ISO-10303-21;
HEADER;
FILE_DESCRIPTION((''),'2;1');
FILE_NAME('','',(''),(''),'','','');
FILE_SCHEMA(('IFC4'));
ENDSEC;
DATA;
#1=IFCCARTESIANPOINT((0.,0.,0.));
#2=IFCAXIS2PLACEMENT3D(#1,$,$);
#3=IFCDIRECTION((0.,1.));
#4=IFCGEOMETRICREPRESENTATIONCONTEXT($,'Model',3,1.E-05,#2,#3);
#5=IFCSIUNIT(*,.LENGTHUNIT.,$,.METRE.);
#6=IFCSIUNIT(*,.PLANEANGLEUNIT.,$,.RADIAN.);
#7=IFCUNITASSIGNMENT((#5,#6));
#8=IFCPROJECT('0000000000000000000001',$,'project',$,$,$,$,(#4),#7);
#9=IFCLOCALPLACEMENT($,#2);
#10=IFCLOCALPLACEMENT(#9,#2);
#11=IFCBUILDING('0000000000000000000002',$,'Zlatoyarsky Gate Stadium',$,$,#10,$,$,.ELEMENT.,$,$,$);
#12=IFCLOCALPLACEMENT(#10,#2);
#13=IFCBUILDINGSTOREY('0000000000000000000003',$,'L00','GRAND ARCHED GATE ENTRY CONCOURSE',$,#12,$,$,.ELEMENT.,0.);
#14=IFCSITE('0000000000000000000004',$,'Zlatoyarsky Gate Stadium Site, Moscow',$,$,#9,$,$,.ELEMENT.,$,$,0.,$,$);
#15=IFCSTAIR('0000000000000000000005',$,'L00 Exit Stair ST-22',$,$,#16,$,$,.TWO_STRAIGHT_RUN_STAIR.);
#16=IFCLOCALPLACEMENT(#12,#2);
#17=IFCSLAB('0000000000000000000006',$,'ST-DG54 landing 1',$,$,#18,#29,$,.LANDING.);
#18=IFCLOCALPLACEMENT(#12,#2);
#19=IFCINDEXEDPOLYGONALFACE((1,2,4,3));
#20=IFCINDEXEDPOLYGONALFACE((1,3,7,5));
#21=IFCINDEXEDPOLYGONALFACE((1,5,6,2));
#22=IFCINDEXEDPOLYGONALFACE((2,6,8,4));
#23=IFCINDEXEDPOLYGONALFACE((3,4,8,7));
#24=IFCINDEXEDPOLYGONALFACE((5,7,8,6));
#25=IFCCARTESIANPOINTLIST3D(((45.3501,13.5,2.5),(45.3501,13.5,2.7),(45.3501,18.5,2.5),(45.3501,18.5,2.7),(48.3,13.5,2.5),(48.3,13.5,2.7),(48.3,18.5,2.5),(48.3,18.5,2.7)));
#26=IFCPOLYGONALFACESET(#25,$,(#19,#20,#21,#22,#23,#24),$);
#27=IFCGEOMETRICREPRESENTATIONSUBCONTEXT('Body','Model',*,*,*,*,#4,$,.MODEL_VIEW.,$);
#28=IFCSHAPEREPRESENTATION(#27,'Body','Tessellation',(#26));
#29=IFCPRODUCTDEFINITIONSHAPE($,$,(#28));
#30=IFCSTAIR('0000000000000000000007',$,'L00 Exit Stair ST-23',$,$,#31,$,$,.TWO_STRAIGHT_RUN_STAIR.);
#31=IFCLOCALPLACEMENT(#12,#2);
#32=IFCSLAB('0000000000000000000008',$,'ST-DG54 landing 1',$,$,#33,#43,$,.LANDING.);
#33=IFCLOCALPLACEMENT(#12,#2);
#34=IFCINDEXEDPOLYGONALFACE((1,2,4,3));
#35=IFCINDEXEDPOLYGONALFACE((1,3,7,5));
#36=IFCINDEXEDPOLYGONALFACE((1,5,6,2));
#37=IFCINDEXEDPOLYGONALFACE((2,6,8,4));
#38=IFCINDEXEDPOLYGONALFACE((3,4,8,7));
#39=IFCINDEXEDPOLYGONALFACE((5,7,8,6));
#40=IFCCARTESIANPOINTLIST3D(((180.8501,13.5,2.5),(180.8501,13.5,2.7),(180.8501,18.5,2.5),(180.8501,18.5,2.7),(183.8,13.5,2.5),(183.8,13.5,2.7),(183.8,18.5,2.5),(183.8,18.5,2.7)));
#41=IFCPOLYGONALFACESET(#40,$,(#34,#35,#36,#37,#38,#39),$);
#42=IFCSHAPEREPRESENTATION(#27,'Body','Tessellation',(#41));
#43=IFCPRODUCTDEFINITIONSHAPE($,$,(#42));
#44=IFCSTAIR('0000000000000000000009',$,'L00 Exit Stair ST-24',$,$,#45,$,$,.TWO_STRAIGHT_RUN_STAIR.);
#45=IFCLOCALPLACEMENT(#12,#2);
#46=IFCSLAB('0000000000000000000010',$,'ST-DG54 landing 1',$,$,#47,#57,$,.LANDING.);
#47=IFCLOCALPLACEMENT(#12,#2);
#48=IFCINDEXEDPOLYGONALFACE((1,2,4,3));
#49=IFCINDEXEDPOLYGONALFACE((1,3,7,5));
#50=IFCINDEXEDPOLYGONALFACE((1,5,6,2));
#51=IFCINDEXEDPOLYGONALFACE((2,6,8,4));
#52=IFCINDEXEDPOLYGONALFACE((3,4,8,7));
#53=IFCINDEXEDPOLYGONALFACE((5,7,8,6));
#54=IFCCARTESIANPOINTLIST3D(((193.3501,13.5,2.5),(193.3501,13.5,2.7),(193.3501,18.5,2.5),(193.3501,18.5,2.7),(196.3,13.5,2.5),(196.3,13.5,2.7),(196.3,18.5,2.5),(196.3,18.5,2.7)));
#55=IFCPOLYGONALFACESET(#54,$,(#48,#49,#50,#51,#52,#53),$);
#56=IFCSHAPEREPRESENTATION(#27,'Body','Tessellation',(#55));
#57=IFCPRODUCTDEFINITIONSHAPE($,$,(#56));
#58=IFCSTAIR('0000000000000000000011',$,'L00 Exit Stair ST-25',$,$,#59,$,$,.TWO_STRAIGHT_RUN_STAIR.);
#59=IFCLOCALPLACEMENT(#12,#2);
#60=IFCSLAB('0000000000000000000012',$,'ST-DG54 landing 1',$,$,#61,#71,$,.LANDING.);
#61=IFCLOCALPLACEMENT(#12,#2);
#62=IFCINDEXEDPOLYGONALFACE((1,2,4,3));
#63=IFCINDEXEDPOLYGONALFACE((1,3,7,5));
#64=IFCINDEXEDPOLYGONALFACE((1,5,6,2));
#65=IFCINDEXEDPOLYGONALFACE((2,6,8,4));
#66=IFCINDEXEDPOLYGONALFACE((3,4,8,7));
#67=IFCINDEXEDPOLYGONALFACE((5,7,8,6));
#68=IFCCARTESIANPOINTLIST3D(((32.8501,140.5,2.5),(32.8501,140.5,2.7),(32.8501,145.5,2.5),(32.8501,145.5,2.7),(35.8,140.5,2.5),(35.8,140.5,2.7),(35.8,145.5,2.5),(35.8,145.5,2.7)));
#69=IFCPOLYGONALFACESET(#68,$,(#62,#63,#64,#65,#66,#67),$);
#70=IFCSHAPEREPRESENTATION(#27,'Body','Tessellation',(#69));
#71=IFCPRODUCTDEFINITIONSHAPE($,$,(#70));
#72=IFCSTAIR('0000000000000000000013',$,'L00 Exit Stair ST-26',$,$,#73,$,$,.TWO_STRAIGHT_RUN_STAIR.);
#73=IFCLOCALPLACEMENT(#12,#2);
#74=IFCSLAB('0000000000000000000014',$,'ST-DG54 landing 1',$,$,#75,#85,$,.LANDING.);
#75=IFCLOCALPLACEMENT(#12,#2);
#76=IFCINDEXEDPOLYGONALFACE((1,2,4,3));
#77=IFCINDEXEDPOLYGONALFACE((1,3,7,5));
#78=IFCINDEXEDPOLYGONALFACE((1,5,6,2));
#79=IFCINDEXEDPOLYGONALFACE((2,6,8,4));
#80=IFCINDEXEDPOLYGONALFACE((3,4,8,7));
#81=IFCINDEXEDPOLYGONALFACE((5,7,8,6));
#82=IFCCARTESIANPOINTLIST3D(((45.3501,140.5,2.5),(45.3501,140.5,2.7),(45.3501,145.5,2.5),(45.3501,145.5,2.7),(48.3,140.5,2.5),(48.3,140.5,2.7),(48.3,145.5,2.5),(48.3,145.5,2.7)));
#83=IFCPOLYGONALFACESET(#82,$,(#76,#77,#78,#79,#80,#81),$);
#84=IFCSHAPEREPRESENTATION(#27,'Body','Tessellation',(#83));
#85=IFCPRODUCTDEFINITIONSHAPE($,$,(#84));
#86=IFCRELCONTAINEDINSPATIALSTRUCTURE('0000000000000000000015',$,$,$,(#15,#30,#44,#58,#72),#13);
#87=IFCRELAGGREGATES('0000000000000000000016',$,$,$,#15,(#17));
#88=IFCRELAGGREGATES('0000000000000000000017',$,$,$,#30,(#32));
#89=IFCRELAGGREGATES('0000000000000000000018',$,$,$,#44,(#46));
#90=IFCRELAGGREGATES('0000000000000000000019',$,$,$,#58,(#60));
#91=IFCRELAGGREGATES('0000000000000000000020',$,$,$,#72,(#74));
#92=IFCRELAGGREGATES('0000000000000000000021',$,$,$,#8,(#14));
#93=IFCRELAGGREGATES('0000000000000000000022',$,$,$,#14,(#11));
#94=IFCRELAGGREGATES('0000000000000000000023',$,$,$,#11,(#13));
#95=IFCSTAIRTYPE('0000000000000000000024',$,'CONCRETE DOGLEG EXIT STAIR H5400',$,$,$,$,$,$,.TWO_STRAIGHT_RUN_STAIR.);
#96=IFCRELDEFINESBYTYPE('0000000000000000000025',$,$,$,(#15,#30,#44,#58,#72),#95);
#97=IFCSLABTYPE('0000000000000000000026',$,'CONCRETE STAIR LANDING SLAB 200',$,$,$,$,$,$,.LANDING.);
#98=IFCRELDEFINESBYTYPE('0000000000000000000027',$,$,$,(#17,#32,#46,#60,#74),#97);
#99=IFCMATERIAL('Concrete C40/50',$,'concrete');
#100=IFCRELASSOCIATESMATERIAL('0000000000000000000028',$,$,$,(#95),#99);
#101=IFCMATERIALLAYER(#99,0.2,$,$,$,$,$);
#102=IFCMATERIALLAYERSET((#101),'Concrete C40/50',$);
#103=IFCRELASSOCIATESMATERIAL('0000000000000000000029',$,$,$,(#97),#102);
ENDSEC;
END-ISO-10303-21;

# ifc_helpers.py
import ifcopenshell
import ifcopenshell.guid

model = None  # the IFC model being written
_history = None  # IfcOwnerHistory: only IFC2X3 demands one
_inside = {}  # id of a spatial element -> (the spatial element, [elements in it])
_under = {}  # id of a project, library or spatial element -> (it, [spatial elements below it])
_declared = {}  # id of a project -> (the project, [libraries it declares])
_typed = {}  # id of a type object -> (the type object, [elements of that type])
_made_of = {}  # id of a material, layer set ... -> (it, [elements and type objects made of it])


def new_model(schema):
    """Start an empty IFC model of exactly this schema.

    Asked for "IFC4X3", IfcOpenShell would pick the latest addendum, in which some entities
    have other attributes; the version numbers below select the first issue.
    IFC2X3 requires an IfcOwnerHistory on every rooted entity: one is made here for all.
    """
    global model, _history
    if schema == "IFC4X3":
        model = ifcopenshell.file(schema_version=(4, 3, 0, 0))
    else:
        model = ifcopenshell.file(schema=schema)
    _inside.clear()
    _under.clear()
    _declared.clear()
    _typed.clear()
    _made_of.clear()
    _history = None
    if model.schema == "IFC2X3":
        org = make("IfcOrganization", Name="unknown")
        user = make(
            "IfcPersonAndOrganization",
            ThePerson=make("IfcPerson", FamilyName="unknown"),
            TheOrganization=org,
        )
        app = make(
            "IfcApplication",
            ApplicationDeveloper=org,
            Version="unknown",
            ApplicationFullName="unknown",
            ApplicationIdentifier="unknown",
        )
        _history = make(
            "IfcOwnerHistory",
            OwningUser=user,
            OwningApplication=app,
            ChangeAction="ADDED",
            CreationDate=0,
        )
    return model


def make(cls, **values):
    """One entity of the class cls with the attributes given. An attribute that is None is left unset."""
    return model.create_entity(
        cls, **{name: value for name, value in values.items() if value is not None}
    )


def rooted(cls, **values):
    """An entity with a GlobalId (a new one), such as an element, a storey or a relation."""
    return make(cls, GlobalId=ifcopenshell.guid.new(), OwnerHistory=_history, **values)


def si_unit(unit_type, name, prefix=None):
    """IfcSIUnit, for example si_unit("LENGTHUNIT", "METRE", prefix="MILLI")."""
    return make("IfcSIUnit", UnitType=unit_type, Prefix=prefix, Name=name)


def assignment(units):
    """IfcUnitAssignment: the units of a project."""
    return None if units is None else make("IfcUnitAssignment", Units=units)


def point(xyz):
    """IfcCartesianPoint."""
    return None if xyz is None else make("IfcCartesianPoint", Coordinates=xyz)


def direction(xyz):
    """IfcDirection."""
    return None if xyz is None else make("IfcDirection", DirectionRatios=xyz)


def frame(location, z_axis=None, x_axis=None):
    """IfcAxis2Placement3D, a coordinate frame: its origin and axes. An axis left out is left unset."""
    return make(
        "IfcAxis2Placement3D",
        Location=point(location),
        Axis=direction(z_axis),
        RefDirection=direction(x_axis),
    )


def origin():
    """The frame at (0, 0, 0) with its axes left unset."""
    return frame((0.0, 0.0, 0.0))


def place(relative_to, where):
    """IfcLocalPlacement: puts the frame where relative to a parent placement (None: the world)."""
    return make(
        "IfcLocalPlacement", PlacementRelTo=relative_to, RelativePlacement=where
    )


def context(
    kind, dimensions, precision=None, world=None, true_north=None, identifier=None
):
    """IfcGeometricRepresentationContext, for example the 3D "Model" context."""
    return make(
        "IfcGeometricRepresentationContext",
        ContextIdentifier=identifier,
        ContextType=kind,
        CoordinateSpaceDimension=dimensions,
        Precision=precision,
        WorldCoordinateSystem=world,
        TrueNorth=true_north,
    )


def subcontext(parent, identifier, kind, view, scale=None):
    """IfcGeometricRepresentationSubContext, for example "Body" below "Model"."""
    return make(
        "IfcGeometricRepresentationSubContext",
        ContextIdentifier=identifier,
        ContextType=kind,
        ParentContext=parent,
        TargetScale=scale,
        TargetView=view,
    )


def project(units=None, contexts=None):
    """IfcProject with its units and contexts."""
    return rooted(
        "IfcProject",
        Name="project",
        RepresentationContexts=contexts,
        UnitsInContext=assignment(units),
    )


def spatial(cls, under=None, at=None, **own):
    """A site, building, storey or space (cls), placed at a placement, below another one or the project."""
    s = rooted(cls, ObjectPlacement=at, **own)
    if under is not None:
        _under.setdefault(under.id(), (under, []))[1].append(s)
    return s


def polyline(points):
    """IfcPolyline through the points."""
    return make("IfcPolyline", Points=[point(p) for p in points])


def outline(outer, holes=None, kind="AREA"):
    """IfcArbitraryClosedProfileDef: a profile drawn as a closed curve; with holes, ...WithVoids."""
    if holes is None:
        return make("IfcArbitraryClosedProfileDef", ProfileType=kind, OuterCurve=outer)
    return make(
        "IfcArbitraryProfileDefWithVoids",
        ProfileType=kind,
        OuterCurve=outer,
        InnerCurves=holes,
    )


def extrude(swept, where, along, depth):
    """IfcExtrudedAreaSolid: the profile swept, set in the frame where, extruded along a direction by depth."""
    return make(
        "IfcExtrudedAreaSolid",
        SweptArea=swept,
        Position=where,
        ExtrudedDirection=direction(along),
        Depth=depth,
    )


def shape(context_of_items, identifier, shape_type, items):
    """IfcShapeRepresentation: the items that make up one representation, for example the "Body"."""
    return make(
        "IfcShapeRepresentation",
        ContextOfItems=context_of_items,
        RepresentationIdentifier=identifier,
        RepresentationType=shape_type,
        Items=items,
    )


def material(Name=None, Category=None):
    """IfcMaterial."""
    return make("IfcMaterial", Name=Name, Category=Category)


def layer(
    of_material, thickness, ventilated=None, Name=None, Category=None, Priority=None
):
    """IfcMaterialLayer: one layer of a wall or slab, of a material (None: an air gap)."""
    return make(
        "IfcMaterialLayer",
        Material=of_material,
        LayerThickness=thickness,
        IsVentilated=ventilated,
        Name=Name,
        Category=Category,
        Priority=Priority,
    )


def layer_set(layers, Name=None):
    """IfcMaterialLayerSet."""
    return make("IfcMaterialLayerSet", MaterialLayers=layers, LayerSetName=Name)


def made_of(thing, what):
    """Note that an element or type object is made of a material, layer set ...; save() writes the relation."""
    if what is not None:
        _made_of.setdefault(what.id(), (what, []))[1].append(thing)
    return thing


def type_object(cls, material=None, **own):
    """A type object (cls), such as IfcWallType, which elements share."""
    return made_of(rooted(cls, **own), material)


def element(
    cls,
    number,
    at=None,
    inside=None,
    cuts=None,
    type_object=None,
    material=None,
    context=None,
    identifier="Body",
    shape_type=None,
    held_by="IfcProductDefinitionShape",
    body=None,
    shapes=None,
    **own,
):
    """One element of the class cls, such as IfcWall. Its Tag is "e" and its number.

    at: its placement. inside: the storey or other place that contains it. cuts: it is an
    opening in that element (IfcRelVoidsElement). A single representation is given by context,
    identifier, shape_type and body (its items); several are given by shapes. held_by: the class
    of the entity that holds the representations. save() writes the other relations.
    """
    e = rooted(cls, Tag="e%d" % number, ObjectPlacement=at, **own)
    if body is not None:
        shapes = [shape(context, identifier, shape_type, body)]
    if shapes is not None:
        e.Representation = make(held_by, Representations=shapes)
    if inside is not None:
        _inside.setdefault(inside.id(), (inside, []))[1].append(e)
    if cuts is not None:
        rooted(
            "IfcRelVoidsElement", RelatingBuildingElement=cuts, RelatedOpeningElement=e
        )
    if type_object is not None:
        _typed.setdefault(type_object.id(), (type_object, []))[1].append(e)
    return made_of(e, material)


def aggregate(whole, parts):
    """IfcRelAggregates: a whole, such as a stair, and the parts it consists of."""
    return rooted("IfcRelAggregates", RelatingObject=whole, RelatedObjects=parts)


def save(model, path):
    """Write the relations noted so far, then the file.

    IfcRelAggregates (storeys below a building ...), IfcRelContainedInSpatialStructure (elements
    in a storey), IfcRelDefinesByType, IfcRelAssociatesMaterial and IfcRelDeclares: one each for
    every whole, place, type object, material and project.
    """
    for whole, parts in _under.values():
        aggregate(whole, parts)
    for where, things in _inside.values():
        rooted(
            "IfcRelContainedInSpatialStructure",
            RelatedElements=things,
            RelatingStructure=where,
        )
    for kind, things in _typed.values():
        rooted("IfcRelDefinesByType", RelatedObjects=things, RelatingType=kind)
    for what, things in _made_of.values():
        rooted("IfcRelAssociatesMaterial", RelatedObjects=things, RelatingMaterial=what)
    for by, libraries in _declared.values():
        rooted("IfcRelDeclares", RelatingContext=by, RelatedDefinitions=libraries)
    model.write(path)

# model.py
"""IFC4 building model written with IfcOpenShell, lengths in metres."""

from ifc_helpers import new_model, si_unit, direction, frame, origin, place, context, subcontext, project, spatial, polyline, outline, extrude, material, layer, layer_set, type_object, element, aggregate, save


model = new_model("IFC4")

# Units and contexts
model_context = context("Model", 3, precision=1e-05, world=origin(), true_north=direction((0.0, 1.0)))
body_context = subcontext(model_context, "Body", "Model", "MODEL_VIEW")
ifc_project = project(units=[si_unit("LENGTHUNIT", "METRE"), si_unit("PLANEANGLEUNIT", "RADIAN")], contexts=[model_context])

# Site, building, storey
site_placement = place(None, origin())
site = spatial("IfcSite", under=ifc_project, at=site_placement, Name="Zlatoyarsky Gate Stadium Site, Moscow", CompositionType="ELEMENT", RefElevation=0.0)
building_placement = place(site_placement, origin())
building = spatial("IfcBuilding", under=site, at=building_placement, Name="Zlatoyarsky Gate Stadium", CompositionType="ELEMENT")
storey_placement = place(building_placement, origin())
storey = spatial("IfcBuildingStorey", under=building, at=storey_placement, Name="L00", Description="GRAND ARCHED GATE ENTRY CONCOURSE", CompositionType="ELEMENT", Elevation=0.0)

# Stairs, slabs
ifc_material = material(Name="Concrete C40/50", Category="concrete")
stair_type = type_object("IfcStairType", Name="CONCRETE DOGLEG EXIT STAIR H5400", PredefinedType="TWO_STRAIGHT_RUN_STAIR", material=ifc_material)
ifc_layer = layer(ifc_material, 0.2)
ifc_layer_set = layer_set([ifc_layer], Name="Concrete C40/50")
slab_type = type_object("IfcSlabType", Name="CONCRETE STAIR LANDING SLAB 200", PredefinedType="LANDING", material=ifc_layer_set)
stair_1_placement = place(storey_placement, origin())
stair_1 = element("IfcStair", 1, at=stair_1_placement, inside=storey, type_object=stair_type, Name="L00 Exit Stair ST-22", PredefinedType="TWO_STRAIGHT_RUN_STAIR")
slab_1_placement = place(storey_placement, frame((0.0, 0.0, 2.5)))
slab_1 = element("IfcSlab", 2, at=slab_1_placement, type_object=slab_type, Name="ST-DG54 landing 1", PredefinedType="LANDING", context=body_context, shape_type="SweptSolid", body=[
    extrude(outline(polyline([(45.3501, 13.5), (48.3, 13.5), (48.3, 18.5), (45.3501, 18.5), (45.3501, 13.5)])), origin(), (0.0, 0.0, 1.0), 0.2),
])
aggregate(stair_1, [slab_1])
stair_2_placement = place(storey_placement, origin())
stair_2 = element("IfcStair", 3, at=stair_2_placement, inside=storey, type_object=stair_type, Name="L00 Exit Stair ST-23", PredefinedType="TWO_STRAIGHT_RUN_STAIR")
slab_2_placement = place(storey_placement, frame((0.0, 0.0, 2.5)))
slab_2 = element("IfcSlab", 4, at=slab_2_placement, type_object=slab_type, Name="ST-DG54 landing 1", PredefinedType="LANDING", context=body_context, shape_type="SweptSolid", body=[
    extrude(outline(polyline([(180.8501, 13.5), (183.8, 13.5), (183.8, 18.5), (180.8501, 18.5), (180.8501, 13.5)])), origin(), (0.0, 0.0, 1.0), 0.2),
])
aggregate(stair_2, [slab_2])
stair_3_placement = place(storey_placement, origin())
stair_3 = element("IfcStair", 5, at=stair_3_placement, inside=storey, type_object=stair_type, Name="L00 Exit Stair ST-24", PredefinedType="TWO_STRAIGHT_RUN_STAIR")
slab_3_placement = place(storey_placement, frame((0.0, 0.0, 2.5)))
slab_3 = element("IfcSlab", 6, at=slab_3_placement, type_object=slab_type, Name="ST-DG54 landing 1", PredefinedType="LANDING", context=body_context, shape_type="SweptSolid", body=[
    extrude(outline(polyline([(193.3501, 13.5), (196.3, 13.5), (196.3, 18.5), (193.3501, 18.5), (193.3501, 13.5)])), origin(), (0.0, 0.0, 1.0), 0.2),
])
aggregate(stair_3, [slab_3])
stair_4_placement = place(storey_placement, origin())
stair_4 = element("IfcStair", 7, at=stair_4_placement, inside=storey, type_object=stair_type, Name="L00 Exit Stair ST-25", PredefinedType="TWO_STRAIGHT_RUN_STAIR")
slab_4_placement = place(storey_placement, frame((0.0, 0.0, 2.5)))
slab_4 = element("IfcSlab", 8, at=slab_4_placement, type_object=slab_type, Name="ST-DG54 landing 1", PredefinedType="LANDING", context=body_context, shape_type="SweptSolid", body=[
    extrude(outline(polyline([(32.8501, 140.5), (35.8, 140.5), (35.8, 145.5), (32.8501, 145.5), (32.8501, 140.5)])), origin(), (0.0, 0.0, 1.0), 0.2),
])
aggregate(stair_4, [slab_4])
stair_5_placement = place(storey_placement, origin())
stair_5 = element("IfcStair", 9, at=stair_5_placement, inside=storey, type_object=stair_type, Name="L00 Exit Stair ST-26", PredefinedType="TWO_STRAIGHT_RUN_STAIR")
slab_5_placement = place(storey_placement, frame((0.0, 0.0, 2.5)))
slab_5 = element("IfcSlab", 10, at=slab_5_placement, type_object=slab_type, Name="ST-DG54 landing 1", PredefinedType="LANDING", context=body_context, shape_type="SweptSolid", body=[
    extrude(outline(polyline([(45.3501, 140.5), (48.3, 140.5), (48.3, 145.5), (45.3501, 145.5), (45.3501, 140.5)])), origin(), (0.0, 0.0, 1.0), 0.2),
])
aggregate(stair_5, [slab_5])

save(model, "model.ifc")
